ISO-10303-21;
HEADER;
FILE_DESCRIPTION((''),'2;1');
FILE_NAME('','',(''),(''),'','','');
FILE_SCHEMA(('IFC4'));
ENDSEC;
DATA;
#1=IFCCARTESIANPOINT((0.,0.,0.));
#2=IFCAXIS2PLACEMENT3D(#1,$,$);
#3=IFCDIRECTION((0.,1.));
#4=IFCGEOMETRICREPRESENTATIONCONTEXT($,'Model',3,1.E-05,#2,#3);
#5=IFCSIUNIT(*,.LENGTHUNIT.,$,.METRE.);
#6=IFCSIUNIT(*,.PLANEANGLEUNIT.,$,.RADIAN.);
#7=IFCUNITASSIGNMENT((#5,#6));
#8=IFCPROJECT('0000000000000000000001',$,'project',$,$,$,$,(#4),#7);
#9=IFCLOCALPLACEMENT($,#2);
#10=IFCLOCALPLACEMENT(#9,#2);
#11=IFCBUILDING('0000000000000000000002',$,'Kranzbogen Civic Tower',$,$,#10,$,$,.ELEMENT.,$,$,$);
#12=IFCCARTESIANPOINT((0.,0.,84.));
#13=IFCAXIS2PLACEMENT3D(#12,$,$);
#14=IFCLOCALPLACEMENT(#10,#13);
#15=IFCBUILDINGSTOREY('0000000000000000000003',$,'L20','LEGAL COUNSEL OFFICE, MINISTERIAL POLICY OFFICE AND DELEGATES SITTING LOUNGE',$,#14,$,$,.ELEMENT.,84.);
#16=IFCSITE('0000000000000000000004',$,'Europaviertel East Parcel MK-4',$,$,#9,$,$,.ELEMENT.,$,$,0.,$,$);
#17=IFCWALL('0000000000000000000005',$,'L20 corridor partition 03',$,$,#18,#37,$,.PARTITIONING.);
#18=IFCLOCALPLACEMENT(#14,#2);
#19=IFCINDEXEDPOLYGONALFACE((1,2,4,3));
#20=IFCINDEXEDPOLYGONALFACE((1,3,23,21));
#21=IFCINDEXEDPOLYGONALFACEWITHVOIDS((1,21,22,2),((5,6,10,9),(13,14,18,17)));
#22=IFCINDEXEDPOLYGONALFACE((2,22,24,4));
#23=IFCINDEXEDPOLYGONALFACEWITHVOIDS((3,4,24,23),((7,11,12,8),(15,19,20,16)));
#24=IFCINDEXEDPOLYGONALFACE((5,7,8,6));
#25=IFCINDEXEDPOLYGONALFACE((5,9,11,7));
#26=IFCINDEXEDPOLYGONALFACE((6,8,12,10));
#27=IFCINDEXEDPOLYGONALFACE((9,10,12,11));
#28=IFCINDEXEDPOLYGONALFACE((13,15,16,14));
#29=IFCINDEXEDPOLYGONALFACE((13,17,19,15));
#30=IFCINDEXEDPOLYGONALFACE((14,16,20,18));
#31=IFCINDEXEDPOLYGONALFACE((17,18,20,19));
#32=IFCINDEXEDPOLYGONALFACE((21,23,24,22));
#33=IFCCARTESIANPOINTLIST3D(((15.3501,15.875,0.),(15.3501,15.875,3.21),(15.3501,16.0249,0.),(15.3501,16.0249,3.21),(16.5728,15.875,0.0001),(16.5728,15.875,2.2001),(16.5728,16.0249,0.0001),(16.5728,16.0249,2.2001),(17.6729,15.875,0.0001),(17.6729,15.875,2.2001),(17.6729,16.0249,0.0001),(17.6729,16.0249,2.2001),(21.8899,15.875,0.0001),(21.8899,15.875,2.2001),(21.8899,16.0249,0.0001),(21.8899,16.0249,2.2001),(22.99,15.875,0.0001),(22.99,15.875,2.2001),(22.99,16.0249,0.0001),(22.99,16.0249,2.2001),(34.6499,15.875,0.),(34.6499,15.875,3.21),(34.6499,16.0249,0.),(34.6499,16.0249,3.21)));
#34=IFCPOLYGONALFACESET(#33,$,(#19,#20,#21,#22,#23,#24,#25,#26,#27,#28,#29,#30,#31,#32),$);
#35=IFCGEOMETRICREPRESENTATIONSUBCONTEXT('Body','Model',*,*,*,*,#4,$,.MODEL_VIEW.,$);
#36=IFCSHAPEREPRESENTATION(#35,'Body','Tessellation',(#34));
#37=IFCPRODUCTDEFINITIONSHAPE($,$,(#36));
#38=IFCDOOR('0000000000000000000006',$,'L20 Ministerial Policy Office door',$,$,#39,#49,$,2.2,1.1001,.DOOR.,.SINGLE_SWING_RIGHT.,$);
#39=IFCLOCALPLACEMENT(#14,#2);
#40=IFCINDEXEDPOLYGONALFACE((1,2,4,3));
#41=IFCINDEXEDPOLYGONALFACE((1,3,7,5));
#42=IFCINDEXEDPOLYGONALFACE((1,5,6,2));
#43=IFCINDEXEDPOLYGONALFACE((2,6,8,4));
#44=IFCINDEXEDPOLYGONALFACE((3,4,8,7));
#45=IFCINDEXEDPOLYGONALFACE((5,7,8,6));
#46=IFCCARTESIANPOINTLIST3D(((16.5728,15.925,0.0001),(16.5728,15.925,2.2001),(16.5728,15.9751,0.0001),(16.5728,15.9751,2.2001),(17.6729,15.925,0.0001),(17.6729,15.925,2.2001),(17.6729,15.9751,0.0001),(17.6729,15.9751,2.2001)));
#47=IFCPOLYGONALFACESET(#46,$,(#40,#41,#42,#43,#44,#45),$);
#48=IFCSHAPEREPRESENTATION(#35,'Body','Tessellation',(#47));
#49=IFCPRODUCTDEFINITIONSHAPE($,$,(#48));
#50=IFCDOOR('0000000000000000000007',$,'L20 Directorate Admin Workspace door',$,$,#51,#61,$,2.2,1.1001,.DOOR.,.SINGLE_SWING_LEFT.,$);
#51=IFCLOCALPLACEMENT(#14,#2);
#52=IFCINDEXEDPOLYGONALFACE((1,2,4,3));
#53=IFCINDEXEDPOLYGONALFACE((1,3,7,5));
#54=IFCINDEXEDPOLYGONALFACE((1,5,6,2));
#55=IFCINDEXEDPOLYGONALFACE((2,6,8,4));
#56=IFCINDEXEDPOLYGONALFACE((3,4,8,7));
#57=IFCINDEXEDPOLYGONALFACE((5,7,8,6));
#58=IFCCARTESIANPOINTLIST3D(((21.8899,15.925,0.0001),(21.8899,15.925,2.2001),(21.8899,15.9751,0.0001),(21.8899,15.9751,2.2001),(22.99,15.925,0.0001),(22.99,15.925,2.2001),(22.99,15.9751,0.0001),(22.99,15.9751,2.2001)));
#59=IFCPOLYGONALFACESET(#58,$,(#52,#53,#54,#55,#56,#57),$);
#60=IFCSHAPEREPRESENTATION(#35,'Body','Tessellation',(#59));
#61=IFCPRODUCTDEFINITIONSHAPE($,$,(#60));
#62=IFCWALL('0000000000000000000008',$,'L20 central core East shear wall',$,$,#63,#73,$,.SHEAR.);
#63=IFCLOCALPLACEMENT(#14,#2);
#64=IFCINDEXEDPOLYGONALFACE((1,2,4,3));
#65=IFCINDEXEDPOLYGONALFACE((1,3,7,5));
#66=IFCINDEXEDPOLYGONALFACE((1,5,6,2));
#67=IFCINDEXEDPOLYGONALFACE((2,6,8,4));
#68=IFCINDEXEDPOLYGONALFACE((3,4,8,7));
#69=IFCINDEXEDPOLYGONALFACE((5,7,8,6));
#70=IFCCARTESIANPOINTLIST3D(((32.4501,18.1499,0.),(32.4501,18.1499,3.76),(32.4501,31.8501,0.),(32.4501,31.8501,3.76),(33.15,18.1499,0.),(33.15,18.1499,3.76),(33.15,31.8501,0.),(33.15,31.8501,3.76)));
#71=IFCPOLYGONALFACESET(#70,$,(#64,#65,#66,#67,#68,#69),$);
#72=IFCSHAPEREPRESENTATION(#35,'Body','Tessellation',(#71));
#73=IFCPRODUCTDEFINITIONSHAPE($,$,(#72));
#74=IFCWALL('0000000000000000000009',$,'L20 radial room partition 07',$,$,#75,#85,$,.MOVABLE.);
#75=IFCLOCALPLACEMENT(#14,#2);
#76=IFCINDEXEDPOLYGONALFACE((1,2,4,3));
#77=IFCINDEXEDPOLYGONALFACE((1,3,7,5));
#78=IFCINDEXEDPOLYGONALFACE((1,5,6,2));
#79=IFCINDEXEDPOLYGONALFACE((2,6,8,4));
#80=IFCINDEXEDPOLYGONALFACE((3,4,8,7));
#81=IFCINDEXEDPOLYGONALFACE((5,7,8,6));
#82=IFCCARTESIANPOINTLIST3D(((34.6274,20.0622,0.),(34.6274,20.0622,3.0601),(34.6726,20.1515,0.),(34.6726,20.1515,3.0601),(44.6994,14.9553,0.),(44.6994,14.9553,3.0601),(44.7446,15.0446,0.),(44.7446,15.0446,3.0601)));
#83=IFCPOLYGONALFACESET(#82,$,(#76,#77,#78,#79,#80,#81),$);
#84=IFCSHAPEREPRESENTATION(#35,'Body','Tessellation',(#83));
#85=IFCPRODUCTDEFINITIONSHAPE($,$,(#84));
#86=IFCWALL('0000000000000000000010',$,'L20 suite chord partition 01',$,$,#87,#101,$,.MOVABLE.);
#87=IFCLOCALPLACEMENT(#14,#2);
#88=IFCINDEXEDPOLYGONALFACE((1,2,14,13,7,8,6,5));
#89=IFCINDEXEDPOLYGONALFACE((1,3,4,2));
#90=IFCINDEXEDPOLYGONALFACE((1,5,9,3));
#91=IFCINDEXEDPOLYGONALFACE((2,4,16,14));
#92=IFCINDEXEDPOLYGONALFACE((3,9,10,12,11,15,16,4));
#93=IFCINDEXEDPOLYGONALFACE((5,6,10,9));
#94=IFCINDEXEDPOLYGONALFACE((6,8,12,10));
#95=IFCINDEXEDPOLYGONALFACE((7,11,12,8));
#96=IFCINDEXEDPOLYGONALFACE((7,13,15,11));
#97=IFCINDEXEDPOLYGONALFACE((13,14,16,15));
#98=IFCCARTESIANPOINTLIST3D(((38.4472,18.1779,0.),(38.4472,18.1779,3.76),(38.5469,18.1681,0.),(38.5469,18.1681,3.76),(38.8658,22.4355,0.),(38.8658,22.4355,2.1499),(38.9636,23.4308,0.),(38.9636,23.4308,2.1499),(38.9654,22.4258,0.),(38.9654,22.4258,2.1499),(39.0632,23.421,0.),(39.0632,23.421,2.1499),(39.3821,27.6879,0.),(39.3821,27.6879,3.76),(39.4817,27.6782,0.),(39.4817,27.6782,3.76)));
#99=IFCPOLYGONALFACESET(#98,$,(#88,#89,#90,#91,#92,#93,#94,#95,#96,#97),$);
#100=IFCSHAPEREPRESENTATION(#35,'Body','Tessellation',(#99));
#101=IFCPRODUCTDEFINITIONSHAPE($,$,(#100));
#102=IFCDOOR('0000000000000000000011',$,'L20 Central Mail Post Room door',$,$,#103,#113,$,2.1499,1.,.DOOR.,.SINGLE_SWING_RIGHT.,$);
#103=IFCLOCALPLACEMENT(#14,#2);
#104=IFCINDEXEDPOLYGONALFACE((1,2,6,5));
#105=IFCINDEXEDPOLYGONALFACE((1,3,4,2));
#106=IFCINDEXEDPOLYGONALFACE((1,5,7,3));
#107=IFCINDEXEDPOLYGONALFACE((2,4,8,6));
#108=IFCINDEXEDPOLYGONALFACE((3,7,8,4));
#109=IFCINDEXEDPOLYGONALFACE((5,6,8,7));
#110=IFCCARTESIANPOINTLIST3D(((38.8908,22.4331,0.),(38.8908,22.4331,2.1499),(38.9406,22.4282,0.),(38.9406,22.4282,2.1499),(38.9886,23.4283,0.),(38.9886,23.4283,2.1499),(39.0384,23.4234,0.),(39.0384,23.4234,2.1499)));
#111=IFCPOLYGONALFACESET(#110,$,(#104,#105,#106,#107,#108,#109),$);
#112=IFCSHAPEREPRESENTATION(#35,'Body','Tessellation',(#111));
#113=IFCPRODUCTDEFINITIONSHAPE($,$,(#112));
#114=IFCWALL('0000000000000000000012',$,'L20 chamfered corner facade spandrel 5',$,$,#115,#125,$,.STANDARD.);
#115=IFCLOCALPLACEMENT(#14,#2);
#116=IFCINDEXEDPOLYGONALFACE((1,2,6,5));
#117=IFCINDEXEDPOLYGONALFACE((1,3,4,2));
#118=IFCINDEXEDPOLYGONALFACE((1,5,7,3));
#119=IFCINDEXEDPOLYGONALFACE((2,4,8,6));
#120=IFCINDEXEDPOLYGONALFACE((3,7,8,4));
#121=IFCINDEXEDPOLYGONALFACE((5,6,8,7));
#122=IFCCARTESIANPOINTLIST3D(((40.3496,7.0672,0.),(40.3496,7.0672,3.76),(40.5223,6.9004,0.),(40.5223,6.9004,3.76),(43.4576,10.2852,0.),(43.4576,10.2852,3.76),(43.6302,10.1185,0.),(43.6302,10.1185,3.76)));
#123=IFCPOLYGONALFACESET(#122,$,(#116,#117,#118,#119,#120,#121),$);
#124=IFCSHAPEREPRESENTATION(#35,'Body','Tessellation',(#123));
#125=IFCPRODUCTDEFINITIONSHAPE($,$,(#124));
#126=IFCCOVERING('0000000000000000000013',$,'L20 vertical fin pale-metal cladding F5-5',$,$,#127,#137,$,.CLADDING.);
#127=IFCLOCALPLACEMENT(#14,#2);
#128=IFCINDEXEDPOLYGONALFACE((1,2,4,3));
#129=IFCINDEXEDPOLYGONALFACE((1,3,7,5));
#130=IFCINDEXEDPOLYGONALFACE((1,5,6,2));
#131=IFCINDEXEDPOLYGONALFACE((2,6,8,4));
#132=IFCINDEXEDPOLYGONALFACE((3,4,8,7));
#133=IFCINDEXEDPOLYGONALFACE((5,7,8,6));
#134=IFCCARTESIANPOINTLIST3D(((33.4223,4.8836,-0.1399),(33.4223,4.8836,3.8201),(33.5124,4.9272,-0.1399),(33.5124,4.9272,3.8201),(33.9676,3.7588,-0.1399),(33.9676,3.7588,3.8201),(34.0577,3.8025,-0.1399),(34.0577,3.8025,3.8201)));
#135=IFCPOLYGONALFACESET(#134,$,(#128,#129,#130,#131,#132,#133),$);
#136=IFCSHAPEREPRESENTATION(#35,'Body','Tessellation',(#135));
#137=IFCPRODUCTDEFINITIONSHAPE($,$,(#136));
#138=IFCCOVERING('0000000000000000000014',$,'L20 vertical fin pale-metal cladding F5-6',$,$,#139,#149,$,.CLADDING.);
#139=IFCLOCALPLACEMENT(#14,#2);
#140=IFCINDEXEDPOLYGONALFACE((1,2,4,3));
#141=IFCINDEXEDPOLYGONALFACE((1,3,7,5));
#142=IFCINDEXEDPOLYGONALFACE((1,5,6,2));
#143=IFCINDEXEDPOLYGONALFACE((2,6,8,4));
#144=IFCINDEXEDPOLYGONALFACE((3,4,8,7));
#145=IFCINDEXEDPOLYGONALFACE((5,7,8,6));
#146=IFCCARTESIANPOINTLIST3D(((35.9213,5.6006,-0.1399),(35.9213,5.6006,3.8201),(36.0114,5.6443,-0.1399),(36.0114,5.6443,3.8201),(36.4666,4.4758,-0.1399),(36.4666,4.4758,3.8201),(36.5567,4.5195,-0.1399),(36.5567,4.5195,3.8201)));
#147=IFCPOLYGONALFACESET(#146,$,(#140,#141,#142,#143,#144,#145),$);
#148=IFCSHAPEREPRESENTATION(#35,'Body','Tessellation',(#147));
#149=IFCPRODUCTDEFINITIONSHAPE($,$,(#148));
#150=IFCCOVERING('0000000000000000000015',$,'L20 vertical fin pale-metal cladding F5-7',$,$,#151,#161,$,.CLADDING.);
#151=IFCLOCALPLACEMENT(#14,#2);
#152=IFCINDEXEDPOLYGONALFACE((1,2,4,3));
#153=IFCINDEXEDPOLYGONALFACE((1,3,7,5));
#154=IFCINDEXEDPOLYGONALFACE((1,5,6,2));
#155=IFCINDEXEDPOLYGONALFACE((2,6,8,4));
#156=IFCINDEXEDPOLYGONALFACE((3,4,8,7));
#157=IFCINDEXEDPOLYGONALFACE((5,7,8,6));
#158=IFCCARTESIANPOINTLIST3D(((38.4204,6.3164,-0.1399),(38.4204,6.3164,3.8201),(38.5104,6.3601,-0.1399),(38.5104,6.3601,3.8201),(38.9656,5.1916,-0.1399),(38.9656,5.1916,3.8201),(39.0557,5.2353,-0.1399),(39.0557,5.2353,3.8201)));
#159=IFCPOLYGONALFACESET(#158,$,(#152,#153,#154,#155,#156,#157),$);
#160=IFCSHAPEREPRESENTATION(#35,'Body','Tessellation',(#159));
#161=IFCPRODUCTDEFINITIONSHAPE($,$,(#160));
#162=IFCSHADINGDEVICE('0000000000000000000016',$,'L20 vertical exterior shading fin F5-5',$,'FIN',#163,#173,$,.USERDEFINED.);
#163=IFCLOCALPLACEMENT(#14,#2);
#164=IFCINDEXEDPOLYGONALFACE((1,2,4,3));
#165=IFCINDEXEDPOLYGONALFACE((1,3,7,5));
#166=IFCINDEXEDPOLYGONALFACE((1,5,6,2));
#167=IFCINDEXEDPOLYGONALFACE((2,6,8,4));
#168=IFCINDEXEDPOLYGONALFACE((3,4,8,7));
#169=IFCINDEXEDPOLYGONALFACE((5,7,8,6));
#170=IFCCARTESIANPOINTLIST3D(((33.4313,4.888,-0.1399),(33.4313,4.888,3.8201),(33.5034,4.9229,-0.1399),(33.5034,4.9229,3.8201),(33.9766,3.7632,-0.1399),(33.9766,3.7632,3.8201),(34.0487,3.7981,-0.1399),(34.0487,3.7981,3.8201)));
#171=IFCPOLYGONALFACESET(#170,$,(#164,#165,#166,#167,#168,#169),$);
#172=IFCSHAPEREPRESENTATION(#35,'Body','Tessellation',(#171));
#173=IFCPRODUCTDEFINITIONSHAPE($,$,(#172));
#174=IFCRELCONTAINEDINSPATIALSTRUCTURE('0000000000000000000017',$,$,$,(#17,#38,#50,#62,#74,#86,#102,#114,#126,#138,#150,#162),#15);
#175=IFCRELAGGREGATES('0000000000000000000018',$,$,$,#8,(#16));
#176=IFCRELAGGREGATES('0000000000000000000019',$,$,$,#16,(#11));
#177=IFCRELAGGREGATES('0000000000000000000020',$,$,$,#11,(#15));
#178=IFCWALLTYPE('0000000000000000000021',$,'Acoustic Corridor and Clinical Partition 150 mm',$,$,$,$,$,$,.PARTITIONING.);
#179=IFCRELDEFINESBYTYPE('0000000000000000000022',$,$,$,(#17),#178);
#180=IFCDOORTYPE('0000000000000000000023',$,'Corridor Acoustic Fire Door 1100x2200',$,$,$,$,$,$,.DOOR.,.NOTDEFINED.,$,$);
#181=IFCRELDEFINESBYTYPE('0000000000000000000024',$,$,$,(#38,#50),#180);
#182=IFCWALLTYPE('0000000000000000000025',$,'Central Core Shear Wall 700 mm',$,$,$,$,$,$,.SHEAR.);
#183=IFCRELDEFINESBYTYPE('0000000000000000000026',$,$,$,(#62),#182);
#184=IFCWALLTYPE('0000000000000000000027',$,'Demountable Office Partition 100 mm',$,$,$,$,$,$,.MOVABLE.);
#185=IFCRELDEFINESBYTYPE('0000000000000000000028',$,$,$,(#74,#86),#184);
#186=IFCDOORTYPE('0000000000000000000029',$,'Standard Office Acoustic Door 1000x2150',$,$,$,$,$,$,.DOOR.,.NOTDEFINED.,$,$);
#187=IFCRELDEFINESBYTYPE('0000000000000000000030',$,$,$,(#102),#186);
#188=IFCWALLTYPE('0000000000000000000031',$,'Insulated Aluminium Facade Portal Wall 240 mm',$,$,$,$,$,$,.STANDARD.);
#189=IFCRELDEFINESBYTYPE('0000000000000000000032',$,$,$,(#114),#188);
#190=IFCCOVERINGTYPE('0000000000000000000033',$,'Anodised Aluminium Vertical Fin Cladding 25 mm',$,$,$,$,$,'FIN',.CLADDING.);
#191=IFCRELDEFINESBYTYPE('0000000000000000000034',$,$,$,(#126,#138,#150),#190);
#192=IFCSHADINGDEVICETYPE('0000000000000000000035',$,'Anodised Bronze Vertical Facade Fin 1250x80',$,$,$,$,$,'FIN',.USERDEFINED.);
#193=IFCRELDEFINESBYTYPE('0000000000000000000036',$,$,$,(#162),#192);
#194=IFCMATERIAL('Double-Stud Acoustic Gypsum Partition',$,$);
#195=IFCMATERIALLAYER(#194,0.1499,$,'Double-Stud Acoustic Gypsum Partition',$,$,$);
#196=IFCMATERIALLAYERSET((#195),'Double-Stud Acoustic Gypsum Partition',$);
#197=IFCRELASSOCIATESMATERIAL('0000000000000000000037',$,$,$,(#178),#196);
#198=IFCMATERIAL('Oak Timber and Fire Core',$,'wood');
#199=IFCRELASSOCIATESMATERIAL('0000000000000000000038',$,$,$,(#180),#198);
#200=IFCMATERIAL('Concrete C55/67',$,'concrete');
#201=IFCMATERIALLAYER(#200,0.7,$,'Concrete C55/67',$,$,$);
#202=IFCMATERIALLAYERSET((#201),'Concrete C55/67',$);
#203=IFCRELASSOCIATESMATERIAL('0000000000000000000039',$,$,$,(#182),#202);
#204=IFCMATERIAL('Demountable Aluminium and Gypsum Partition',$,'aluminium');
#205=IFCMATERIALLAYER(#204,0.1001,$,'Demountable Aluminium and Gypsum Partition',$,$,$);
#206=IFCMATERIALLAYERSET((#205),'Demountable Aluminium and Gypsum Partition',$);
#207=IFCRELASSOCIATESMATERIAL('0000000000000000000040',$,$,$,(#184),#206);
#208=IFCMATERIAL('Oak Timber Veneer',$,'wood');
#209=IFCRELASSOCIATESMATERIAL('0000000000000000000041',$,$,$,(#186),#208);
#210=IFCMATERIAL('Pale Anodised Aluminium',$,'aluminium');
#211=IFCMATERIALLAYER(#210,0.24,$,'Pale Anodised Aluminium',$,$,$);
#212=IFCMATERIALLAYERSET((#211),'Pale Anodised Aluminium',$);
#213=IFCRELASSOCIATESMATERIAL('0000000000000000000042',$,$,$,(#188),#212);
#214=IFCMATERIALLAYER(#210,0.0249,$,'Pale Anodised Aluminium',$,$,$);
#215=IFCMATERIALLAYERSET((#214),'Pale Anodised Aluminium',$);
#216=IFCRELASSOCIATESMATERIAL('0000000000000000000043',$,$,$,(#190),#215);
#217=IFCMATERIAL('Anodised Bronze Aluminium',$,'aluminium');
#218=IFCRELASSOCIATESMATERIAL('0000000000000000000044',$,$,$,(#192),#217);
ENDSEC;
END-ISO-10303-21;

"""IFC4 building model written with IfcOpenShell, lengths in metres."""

from ifc_helpers import new_model, si_unit, direction, frame, frame_2d, origin, origin_2d, place, context, subcontext, project, spatial, rectangle, extrude, material, layer, layer_set, type_object, element, fill, save


model = new_model("IFC4")

# Units and contexts
model_context = context("Model", 3, precision=1e-05, world=origin(), true_north=direction((0.0, 1.0)))
body_context = subcontext(model_context, "Body", "Model", "MODEL_VIEW")
ifc_project = project(units=[si_unit("LENGTHUNIT", "METRE"), si_unit("PLANEANGLEUNIT", "RADIAN")], contexts=[model_context])

# Site, building, storey
site_placement = place(None, origin())
site = spatial("IfcSite", under=ifc_project, at=site_placement, Name="Europaviertel East Parcel MK-4", CompositionType="ELEMENT", RefElevation=0.0)
building_placement = place(site_placement, origin())
building = spatial("IfcBuilding", under=site, at=building_placement, Name="Kranzbogen Civic Tower", CompositionType="ELEMENT")
storey_placement = place(building_placement, frame((0.0, 0.0, 84.0)))
storey = spatial("IfcBuildingStorey", under=building, at=storey_placement, Name="L20", Description="LEGAL COUNSEL OFFICE, MINISTERIAL POLICY OFFICE AND DELEGATES SITTING LOUNGE", CompositionType="ELEMENT", Elevation=84.0)

# Shared definitions
ifc_material_1 = material(Name="Pale Anodised Aluminium", Category="aluminium")

# Wall, openings, doors
ifc_material_2 = material(Name="Double-Stud Acoustic Gypsum Partition")
ifc_layer_1 = layer(ifc_material_2, 0.1499, Name="Double-Stud Acoustic Gypsum Partition")
ifc_layer_set_1 = layer_set([ifc_layer_1], Name="Double-Stud Acoustic Gypsum Partition")
wall_type_1 = type_object("IfcWallType", Name="Acoustic Corridor and Clinical Partition 150 mm", PredefinedType="PARTITIONING", material=ifc_layer_set_1)
wall_1_placement = place(storey_placement, frame((34.6499, 15.95, 0.0), z_axis=(0.0, 0.0, 1.0), x_axis=(-1.0, 0.0, 0.0)))
wall_1 = element("IfcWall", 1, at=wall_1_placement, inside=storey, type_object=wall_type_1, Name="L20 corridor partition 03", PredefinedType="PARTITIONING", context=body_context, shape_type="SweptSolid", body=[
    extrude(rectangle(XDim=19.2998, YDim=0.1499, at=frame_2d((9.6499, 0.0))), origin(), (0.0, 0.0, 1.0), 3.21),
])
opening_1_placement = place(wall_1_placement, frame((16.9771, 0.0, 0.0)))
opening_1 = element("IfcOpeningElement", 2, at=opening_1_placement, cuts=wall_1, PredefinedType="OPENING", context=body_context, shape_type="SweptSolid", body=[
    extrude(rectangle(XDim=1.1001, YDim=2.2, at=frame_2d((0.55, 1.1001))), frame((0.0, 0.085, 0.0), z_axis=(0.0, -1.0, 0.0), x_axis=(1.0, 0.0, 0.0)), (0.0, 0.0, 1.0), 0.1699),
])
opening_2_placement = place(wall_1_placement, frame((11.6599, 0.0, 0.0)))
opening_2 = element("IfcOpeningElement", 3, at=opening_2_placement, cuts=wall_1, PredefinedType="OPENING", context=body_context, shape_type="SweptSolid", body=[
    extrude(rectangle(XDim=1.1001, YDim=2.2, at=frame_2d((0.55, 1.1001))), frame((0.0, 0.085, 0.0), z_axis=(0.0, -1.0, 0.0), x_axis=(1.0, 0.0, 0.0)), (0.0, 0.0, 1.0), 0.1699),
])
ifc_material_3 = material(Name="Oak Timber and Fire Core", Category="wood")
door_type_1 = type_object("IfcDoorType", Name="Corridor Acoustic Fire Door 1100x2200", OperationType="NOTDEFINED", PredefinedType="DOOR", material=ifc_material_3)
door_1_placement = place(opening_1_placement, origin())
door_1 = element("IfcDoor", 4, at=door_1_placement, inside=storey, type_object=door_type_1, Name="L20 Ministerial Policy Office door", OperationType="SINGLE_SWING_RIGHT", OverallHeight=2.2, OverallWidth=1.1001, PredefinedType="DOOR", context=body_context, shape_type="SweptSolid", body=[
    extrude(rectangle(XDim=1.1001, YDim=2.2, at=frame_2d((0.55, 1.1001))), frame((0.0, 0.0249, 0.0), z_axis=(0.0, -1.0, 0.0), x_axis=(1.0, 0.0, 0.0)), (0.0, 0.0, 1.0), 0.05),
])
fill(opening_1, door_1)
door_2_placement = place(opening_2_placement, origin())
door_2 = element("IfcDoor", 5, at=door_2_placement, inside=storey, type_object=door_type_1, Name="L20 Directorate Admin Workspace door", OperationType="SINGLE_SWING_LEFT", OverallHeight=2.2, OverallWidth=1.1001, PredefinedType="DOOR", context=body_context, shape_type="SweptSolid", body=[
    extrude(rectangle(XDim=1.1001, YDim=2.2, at=frame_2d((0.55, 1.1001))), frame((0.0, 0.0249, 0.0), z_axis=(0.0, -1.0, 0.0), x_axis=(1.0, 0.0, 0.0)), (0.0, 0.0, 1.0), 0.05),
])
fill(opening_2, door_2)

# Walls
ifc_material_4 = material(Name="Concrete C55/67", Category="concrete")
ifc_layer_2 = layer(ifc_material_4, 0.7, Name="Concrete C55/67")
ifc_layer_set_2 = layer_set([ifc_layer_2], Name="Concrete C55/67")
wall_type_2 = type_object("IfcWallType", Name="Central Core Shear Wall 700 mm", PredefinedType="SHEAR", material=ifc_layer_set_2)
wall_2_placement = place(storey_placement, frame((32.8, 18.1499, 0.0), z_axis=(0.0, 0.0, 1.0), x_axis=(0.0, 1.0, 0.0)))
element("IfcWall", 6, at=wall_2_placement, inside=storey, type_object=wall_type_2, Name="L20 central core East shear wall", PredefinedType="SHEAR", context=body_context, shape_type="SweptSolid", body=[
    extrude(rectangle(XDim=13.7002, YDim=0.7, at=frame_2d((6.8501, 0.0))), origin(), (0.0, 0.0, 1.0), 3.76),
])
ifc_material_5 = material(Name="Demountable Aluminium and Gypsum Partition", Category="aluminium")
ifc_layer_3 = layer(ifc_material_5, 0.1001, Name="Demountable Aluminium and Gypsum Partition")
ifc_layer_set_3 = layer_set([ifc_layer_3], Name="Demountable Aluminium and Gypsum Partition")
wall_type_3 = type_object("IfcWallType", Name="Demountable Office Partition 100 mm", PredefinedType="MOVABLE", material=ifc_layer_set_3)
wall_3_placement = place(storey_placement, frame((34.6499, 20.1069, 0.0), z_axis=(0.0, 0.0, 1.0), x_axis=(0.891901, -0.452231, 0.0)))
element("IfcWall", 7, at=wall_3_placement, inside=storey, type_object=wall_type_3, Name="L20 radial room partition 07", PredefinedType="MOVABLE", context=body_context, shape_type="SweptSolid", body=[
    extrude(rectangle(XDim=11.2927, YDim=0.1001, at=frame_2d((5.6465, 0.0))), origin(), (0.0, 0.0, 1.0), 3.0601),
])

# Wall, opening, door
wall_4_placement = place(storey_placement, frame((38.4971, 18.1731, 0.0), z_axis=(0.0, 0.0, 1.0), x_axis=(0.097826, 0.995203, 0.0)))
wall_4 = element("IfcWall", 8, at=wall_4_placement, inside=storey, type_object=wall_type_3, Name="L20 suite chord partition 01", PredefinedType="MOVABLE", context=body_context, shape_type="SweptSolid", body=[
    extrude(rectangle(XDim=9.5559, YDim=0.1001, at=frame_2d((4.7778, 0.0))), origin(), (0.0, 0.0, 1.0), 3.76),
])
opening_3_placement = place(wall_4_placement, frame((4.2781, 0.0, 0.0)))
opening_3 = element("IfcOpeningElement", 9, at=opening_3_placement, cuts=wall_4, PredefinedType="OPENING", context=body_context, shape_type="SweptSolid", body=[
    extrude(rectangle(XDim=1.0, YDim=2.1499, at=frame_2d((0.5, 1.075))), frame((0.0, 0.0601, 0.0), z_axis=(0.0, -1.0, 0.0), x_axis=(1.0, 0.0, 0.0)), (0.0, 0.0, 1.0), 0.1201),
])
ifc_material_6 = material(Name="Oak Timber Veneer", Category="wood")
door_type_2 = type_object("IfcDoorType", Name="Standard Office Acoustic Door 1000x2150", OperationType="NOTDEFINED", PredefinedType="DOOR", material=ifc_material_6)
door_3_placement = place(opening_3_placement, origin())
door_3 = element("IfcDoor", 10, at=door_3_placement, inside=storey, type_object=door_type_2, Name="L20 Central Mail Post Room door", OperationType="SINGLE_SWING_RIGHT", OverallHeight=2.1499, OverallWidth=1.0, PredefinedType="DOOR", context=body_context, shape_type="SweptSolid", body=[
    extrude(rectangle(XDim=1.0, YDim=2.1499, at=frame_2d((0.5, 1.075))), frame((0.0, 0.0249, 0.0), z_axis=(0.0, -1.0, 0.0), x_axis=(1.0, 0.0, 0.0)), (0.0, 0.0, 1.0), 0.05),
])
fill(opening_3, door_3)

# Wall
ifc_layer_4 = layer(ifc_material_1, 0.24, Name="Pale Anodised Aluminium")
ifc_layer_set_4 = layer_set([ifc_layer_4], Name="Pale Anodised Aluminium")
wall_type_4 = type_object("IfcWallType", Name="Insulated Aluminium Facade Portal Wall 240 mm", PredefinedType="STANDARD", material=ifc_layer_set_4)
wall_5_placement = place(storey_placement, frame((40.436, 6.9839, 0.0), z_axis=(0.0, 0.0, 1.0), x_axis=(0.694694, 0.719306, 0.0)))
element("IfcWall", 11, at=wall_5_placement, inside=storey, type_object=wall_type_4, Name="L20 chamfered corner facade spandrel 5", PredefinedType="STANDARD", context=body_context, shape_type="SweptSolid", body=[
    extrude(rectangle(XDim=4.4739, YDim=0.24, at=frame_2d((2.2368, 0.0))), origin(), (0.0, 0.0, 1.0), 3.76),
])

# Coverings
ifc_layer_5 = layer(ifc_material_1, 0.0249, Name="Pale Anodised Aluminium")
ifc_layer_set_5 = layer_set([ifc_layer_5], Name="Pale Anodised Aluminium")
covering_type = type_object("IfcCoveringType", Name="Anodised Aluminium Vertical Fin Cladding 25 mm", ElementType="FIN", PredefinedType="CLADDING", material=ifc_layer_set_5)
for number, where, z_axis, x_axis, name in (
    (12, (33.74, 4.343, -0.1399), (0.0, 0.0, 1.0), (0.436221, -0.89984, 0.0), "L20 vertical fin pale-metal cladding F5-5"),
    (13, (36.239, 5.0601, -0.1399), (0.0, 0.0, 1.0), (0.436221, -0.89984, 0.0), "L20 vertical fin pale-metal cladding F5-6"),
    (14, (38.738, 5.7759, -0.1399), (0.0, 0.0, 1.0), (0.436221, -0.89984, 0.0), "L20 vertical fin pale-metal cladding F5-7"),
):
    element("IfcCovering", number, at=place(storey_placement, frame(where, z_axis=z_axis, x_axis=x_axis)), inside=storey, type_object=covering_type, Name=name, PredefinedType="CLADDING", context=body_context, shape_type="SweptSolid", body=[
        extrude(rectangle(XDim=1.25, YDim=0.1001, at=origin_2d()), origin(), (0.0, 0.0, 1.0), 3.96),
    ])

# Shading device
ifc_material_7 = material(Name="Anodised Bronze Aluminium", Category="aluminium")
shading_device_type = type_object("IfcShadingDeviceType", Name="Anodised Bronze Vertical Facade Fin 1250x80", ElementType="FIN", PredefinedType="USERDEFINED", material=ifc_material_7)
for number, where, z_axis, x_axis, name in (
    (15, (33.74, 4.343, -0.1399), (0.0, 0.0, 1.0), (0.436221, -0.89984, 0.0), "L20 vertical exterior shading fin F5-5"),
):
    element("IfcShadingDevice", number, at=place(storey_placement, frame(where, z_axis=z_axis, x_axis=x_axis)), inside=storey, type_object=shading_device_type, Name=name, ObjectType="FIN", PredefinedType="USERDEFINED", context=body_context, shape_type="SweptSolid", body=[
        extrude(rectangle(XDim=1.25, YDim=0.0801, at=origin_2d()), origin(), (0.0, 0.0, 1.0), 3.96),
    ])

save(model, "model.ifc")
